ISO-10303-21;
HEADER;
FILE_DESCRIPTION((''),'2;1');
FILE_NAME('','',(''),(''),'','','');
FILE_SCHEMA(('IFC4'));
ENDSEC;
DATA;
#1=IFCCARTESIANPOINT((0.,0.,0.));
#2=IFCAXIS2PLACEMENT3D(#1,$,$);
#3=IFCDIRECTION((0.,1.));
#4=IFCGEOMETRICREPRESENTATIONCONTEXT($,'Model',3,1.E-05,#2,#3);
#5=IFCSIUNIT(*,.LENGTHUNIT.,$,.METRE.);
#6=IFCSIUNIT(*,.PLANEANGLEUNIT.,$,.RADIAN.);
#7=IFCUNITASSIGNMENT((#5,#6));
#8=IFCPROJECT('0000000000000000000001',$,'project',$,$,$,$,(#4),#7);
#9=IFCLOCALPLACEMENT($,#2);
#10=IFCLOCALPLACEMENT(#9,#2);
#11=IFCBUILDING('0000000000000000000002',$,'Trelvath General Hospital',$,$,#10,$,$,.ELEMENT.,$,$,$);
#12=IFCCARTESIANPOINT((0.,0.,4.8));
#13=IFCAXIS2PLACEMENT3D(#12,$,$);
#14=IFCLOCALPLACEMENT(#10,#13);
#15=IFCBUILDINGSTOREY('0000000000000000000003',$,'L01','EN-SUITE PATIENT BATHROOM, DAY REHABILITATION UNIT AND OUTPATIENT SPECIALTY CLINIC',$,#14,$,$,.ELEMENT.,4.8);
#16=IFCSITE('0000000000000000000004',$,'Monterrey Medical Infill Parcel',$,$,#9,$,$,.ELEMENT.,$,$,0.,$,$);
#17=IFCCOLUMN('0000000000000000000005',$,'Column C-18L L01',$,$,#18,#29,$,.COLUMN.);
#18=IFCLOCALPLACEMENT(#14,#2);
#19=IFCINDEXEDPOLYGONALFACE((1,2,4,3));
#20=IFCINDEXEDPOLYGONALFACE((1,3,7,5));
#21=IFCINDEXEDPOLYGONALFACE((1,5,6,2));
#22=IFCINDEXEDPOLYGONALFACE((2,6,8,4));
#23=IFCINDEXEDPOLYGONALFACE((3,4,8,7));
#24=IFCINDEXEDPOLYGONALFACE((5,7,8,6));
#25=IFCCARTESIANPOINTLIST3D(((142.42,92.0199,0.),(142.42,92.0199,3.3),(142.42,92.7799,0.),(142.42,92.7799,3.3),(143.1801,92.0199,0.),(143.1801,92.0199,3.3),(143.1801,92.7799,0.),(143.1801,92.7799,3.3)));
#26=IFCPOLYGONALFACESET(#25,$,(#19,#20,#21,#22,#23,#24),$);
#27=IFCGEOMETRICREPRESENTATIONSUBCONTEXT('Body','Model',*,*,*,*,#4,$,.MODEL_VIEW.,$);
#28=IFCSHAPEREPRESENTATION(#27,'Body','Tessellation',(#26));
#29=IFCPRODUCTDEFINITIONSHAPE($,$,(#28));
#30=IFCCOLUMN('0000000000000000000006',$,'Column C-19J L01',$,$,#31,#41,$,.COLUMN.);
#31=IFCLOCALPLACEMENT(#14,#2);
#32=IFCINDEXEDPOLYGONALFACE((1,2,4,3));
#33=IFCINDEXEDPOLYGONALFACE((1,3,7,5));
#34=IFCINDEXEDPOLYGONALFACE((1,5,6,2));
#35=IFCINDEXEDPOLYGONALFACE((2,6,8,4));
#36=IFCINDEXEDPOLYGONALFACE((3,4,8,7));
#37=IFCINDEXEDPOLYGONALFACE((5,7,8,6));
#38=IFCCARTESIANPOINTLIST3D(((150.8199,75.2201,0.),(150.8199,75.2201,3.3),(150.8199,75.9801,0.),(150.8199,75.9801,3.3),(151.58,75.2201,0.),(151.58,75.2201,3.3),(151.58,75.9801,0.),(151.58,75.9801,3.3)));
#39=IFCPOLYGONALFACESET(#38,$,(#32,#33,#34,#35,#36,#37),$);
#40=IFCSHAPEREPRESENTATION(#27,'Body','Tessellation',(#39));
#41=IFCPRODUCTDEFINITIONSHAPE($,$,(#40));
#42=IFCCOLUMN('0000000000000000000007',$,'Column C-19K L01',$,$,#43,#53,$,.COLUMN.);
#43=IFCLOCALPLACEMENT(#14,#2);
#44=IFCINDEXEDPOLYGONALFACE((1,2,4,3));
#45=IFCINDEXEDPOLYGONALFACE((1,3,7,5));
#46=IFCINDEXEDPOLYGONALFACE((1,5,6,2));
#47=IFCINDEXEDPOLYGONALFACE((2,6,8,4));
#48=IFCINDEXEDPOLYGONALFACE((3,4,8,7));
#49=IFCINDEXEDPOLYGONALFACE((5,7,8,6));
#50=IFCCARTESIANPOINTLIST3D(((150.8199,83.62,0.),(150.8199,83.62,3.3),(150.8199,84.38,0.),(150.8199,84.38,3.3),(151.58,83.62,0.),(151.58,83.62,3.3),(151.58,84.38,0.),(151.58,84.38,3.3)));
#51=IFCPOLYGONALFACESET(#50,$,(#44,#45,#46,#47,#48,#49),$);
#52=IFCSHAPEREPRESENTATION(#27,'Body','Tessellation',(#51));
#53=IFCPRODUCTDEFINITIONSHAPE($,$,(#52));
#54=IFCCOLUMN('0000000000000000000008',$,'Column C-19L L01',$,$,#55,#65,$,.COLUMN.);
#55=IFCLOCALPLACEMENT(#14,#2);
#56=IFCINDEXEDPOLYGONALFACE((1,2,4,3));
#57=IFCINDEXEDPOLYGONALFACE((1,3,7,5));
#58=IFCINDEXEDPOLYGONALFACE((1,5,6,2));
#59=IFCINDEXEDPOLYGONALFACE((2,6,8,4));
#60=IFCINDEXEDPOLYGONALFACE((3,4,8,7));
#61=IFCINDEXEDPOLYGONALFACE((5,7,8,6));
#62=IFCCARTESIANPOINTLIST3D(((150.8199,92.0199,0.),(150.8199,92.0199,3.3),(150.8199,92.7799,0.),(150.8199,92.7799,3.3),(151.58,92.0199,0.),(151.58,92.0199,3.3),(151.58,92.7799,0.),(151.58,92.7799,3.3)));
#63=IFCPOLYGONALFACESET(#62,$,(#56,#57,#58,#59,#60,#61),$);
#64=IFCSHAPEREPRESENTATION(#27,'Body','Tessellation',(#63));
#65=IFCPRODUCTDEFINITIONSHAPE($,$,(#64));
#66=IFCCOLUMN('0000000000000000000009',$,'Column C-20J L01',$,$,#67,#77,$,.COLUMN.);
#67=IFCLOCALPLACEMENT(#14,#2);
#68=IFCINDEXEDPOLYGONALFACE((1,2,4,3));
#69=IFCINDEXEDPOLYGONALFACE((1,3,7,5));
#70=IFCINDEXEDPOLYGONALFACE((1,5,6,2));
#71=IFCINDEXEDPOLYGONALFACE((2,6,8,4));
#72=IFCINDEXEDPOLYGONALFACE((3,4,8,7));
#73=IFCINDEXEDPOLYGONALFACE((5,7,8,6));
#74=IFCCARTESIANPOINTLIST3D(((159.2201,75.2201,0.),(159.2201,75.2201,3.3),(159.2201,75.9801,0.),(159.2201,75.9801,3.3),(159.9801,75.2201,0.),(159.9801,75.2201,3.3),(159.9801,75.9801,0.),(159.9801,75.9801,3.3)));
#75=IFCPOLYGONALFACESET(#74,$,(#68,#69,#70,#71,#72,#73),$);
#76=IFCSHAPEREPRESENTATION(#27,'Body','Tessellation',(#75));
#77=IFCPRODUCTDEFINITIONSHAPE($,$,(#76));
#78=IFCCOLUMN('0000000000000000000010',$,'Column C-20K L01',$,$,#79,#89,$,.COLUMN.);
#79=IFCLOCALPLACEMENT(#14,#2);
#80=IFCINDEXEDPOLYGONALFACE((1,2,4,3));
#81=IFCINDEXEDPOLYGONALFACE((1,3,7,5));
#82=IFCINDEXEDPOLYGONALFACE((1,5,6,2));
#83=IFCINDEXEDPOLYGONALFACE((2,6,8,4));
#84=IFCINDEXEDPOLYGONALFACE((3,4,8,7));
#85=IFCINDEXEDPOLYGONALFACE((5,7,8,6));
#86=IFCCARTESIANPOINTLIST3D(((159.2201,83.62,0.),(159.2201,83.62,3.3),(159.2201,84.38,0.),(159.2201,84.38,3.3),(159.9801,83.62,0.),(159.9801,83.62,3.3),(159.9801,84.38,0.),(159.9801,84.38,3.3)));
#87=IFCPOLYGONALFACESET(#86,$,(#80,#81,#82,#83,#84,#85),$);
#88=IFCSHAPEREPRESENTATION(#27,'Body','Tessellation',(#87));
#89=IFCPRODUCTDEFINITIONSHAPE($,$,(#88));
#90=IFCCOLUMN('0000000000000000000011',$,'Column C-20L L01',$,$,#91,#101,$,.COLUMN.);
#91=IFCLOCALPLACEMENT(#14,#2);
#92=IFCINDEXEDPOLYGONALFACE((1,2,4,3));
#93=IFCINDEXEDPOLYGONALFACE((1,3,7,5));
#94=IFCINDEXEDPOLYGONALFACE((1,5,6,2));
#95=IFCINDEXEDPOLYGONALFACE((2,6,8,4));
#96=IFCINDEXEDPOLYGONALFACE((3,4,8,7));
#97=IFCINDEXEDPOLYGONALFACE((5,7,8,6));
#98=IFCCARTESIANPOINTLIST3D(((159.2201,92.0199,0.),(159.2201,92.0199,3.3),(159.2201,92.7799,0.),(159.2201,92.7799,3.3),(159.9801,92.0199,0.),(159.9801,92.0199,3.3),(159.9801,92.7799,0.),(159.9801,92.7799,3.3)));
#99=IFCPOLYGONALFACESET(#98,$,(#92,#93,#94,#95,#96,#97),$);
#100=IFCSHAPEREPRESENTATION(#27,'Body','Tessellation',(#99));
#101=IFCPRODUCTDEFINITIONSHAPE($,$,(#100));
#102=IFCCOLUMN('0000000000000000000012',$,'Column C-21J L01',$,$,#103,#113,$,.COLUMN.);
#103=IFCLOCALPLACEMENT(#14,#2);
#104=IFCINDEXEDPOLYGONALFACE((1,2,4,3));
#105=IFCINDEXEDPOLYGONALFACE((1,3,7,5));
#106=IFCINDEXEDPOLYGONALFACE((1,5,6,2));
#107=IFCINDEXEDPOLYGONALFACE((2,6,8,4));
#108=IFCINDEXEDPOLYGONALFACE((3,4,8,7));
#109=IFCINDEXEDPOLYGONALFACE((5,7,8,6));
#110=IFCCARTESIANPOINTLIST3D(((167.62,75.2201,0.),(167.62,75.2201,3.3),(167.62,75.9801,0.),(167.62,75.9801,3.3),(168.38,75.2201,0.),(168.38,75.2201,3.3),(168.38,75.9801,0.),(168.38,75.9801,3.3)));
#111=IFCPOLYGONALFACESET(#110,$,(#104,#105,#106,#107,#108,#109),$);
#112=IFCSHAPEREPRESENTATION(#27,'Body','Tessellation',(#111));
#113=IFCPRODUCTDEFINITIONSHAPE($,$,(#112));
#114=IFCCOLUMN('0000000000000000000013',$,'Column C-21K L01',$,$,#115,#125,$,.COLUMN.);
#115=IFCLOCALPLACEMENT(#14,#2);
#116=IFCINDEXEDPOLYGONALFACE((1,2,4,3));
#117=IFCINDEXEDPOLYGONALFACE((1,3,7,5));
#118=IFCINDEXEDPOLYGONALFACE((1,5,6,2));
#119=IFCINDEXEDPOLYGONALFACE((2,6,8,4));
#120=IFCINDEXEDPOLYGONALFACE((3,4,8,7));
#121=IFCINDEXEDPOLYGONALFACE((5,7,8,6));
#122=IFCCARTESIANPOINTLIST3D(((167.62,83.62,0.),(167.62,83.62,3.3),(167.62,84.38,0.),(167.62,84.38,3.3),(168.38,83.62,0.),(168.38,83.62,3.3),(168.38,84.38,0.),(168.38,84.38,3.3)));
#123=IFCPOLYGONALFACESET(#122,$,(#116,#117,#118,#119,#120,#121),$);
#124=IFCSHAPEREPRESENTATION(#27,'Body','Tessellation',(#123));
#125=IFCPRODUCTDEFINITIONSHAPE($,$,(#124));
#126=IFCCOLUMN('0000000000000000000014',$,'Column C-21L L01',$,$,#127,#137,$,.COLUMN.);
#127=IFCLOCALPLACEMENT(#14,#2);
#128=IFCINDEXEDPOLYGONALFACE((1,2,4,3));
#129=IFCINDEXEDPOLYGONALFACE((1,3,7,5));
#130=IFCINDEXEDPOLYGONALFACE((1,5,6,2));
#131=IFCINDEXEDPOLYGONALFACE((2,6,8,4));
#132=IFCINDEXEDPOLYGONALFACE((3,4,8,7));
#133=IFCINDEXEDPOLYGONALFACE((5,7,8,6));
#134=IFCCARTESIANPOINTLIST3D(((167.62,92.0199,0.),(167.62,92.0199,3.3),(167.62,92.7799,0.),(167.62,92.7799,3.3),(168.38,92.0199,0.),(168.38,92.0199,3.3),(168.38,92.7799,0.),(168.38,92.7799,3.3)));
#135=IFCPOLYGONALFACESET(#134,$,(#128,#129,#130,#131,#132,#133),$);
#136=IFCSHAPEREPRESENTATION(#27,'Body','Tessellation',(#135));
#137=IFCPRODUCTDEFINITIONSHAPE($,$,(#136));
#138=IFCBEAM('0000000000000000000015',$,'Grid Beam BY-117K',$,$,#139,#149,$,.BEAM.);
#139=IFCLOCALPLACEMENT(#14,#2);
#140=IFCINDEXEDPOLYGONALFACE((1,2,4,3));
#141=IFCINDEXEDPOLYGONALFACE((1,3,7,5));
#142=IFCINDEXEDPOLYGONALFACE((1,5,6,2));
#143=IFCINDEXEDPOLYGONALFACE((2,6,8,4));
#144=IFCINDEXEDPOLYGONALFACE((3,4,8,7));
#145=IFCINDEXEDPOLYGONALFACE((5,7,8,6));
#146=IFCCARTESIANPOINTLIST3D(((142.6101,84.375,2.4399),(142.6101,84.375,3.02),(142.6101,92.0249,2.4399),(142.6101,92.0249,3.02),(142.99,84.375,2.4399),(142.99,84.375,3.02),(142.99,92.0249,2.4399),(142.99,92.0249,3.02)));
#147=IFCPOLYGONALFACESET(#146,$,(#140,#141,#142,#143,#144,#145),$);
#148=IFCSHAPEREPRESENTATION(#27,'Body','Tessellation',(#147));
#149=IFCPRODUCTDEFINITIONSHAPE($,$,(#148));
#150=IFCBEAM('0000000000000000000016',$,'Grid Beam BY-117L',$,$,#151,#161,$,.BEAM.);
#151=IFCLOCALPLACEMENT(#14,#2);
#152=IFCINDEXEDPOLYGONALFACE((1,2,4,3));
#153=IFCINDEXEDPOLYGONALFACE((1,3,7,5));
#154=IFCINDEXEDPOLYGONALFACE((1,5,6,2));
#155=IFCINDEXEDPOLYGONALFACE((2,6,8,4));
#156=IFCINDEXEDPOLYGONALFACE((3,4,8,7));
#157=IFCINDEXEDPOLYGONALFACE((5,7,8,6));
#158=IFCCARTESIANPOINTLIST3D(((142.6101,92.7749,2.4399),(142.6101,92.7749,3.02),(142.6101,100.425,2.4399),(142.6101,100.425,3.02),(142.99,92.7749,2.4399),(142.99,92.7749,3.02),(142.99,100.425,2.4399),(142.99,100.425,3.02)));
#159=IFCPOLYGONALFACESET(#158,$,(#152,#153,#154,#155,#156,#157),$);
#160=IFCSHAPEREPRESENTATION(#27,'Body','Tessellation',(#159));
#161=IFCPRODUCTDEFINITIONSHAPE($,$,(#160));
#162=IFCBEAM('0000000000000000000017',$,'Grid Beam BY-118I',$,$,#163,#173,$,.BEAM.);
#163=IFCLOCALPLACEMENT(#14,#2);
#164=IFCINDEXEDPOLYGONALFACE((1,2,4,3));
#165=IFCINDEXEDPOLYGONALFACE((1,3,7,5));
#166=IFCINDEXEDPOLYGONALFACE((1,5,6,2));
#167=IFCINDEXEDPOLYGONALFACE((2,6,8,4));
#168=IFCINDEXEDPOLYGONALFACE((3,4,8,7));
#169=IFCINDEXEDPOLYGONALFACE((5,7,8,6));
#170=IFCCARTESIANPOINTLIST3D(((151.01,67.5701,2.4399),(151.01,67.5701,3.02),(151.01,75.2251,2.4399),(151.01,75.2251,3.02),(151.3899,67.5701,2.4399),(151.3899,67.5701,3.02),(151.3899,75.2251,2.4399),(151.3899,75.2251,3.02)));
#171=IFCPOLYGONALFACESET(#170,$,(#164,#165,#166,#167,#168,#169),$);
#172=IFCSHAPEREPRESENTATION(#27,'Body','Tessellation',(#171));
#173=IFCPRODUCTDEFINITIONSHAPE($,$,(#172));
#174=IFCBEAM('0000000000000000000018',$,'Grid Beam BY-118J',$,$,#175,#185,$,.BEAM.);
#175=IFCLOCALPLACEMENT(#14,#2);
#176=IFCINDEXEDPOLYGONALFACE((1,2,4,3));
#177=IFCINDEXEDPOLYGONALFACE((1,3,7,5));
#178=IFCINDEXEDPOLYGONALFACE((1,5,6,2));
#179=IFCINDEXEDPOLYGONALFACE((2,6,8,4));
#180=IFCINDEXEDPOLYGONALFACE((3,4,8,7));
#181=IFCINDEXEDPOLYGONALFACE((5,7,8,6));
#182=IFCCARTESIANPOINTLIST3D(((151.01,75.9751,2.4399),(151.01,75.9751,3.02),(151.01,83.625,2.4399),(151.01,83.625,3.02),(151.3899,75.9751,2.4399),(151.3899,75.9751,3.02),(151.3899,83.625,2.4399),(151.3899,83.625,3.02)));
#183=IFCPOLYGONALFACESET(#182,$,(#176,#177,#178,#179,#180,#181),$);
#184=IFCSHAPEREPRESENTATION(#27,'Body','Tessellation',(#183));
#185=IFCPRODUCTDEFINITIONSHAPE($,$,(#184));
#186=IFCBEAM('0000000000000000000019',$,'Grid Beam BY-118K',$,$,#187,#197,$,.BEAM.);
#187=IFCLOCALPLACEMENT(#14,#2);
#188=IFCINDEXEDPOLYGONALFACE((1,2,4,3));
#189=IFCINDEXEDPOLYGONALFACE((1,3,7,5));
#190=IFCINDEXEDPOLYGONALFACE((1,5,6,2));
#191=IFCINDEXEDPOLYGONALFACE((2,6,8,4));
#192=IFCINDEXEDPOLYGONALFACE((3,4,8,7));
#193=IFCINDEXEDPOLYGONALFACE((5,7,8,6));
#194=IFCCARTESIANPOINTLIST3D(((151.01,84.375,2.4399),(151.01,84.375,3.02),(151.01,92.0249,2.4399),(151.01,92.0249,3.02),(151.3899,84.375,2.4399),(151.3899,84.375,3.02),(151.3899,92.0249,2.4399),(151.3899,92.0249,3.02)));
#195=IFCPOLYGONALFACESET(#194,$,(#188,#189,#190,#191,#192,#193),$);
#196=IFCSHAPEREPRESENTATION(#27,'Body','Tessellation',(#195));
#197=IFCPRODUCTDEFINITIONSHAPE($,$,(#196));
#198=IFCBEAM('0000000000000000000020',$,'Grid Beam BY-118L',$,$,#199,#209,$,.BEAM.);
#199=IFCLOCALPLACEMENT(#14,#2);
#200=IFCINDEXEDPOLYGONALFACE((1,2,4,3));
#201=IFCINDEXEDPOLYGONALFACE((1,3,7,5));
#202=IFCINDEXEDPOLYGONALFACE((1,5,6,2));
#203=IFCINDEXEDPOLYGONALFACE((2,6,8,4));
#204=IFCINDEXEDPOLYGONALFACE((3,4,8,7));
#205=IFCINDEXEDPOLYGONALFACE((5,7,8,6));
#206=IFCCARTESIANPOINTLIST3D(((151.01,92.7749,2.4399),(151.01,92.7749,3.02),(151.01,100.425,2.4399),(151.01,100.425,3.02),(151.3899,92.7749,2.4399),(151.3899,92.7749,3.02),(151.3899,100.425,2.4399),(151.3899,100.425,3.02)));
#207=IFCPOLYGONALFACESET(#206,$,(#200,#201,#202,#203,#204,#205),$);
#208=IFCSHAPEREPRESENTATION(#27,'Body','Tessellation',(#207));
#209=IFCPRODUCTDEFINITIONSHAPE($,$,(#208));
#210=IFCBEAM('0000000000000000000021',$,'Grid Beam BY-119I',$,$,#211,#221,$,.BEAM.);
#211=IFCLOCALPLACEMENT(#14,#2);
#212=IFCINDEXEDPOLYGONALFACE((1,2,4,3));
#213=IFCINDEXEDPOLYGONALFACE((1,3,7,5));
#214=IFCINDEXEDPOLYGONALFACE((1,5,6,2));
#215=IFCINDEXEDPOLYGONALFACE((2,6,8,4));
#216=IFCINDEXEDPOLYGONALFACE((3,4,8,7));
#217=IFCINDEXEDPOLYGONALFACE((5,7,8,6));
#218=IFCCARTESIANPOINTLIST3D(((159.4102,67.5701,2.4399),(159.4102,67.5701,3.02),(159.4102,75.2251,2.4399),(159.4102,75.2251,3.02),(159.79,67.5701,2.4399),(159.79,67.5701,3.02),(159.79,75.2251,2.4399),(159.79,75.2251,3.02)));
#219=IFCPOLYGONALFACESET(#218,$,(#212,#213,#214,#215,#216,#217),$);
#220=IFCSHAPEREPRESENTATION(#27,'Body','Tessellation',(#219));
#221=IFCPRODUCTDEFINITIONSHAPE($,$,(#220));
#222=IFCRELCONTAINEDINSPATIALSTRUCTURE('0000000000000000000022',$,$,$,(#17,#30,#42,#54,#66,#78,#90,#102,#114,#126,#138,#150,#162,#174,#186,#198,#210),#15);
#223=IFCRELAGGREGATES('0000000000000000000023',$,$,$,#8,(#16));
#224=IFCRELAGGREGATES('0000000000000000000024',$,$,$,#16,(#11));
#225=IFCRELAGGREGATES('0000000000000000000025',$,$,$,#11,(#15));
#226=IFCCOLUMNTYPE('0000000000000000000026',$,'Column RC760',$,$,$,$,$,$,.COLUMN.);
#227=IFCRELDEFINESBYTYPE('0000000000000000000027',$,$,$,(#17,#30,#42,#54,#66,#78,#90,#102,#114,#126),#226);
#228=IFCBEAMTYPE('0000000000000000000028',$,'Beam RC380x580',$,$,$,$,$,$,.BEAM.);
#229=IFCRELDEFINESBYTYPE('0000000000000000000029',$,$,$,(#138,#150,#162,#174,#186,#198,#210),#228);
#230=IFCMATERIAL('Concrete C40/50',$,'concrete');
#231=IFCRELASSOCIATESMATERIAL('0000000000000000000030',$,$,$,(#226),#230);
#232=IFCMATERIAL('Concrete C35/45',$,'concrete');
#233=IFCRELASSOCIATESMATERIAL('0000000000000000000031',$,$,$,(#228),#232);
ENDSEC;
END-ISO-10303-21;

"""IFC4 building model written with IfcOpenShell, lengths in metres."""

from ifc_helpers import new_model, si_unit, direction, frame, origin, origin_2d, place, context, subcontext, project, spatial, rectangle, extrude, material, material_profile, profile_set, type_object, element, save


model = new_model("IFC4")

# Units and contexts
model_context = context("Model", 3, precision=1e-05, world=origin(), true_north=direction((0.0, 1.0)))
body_context = subcontext(model_context, "Body", "Model", "MODEL_VIEW")
ifc_project = project(units=[si_unit("LENGTHUNIT", "METRE"), si_unit("PLANEANGLEUNIT", "RADIAN")], contexts=[model_context])

# Site, building, storey
site_placement = place(None, origin())
site = spatial("IfcSite", under=ifc_project, at=site_placement, Name="Monterrey Medical Infill Parcel", CompositionType="ELEMENT", RefElevation=0.0)
building_placement = place(site_placement, origin())
building = spatial("IfcBuilding", under=site, at=building_placement, Name="Trelvath General Hospital", CompositionType="ELEMENT")
storey_placement = place(building_placement, frame((0.0, 0.0, 4.8)))
storey = spatial("IfcBuildingStorey", under=building, at=storey_placement, Name="L01", Description="EN-SUITE PATIENT BATHROOM, DAY REHABILITATION UNIT AND OUTPATIENT SPECIALTY CLINIC", CompositionType="ELEMENT", Elevation=4.8)

# Columns
ifc_material_1 = material(Name="Concrete C40/50", Category="concrete")
ifc_material_profile_1 = material_profile(ifc_material_1, rectangle(XDim=0.76, YDim=0.76, at=origin_2d()), Name="RC760x760")
ifc_profile_set_1 = profile_set([ifc_material_profile_1], Name="Concrete C40/50")
column_type = type_object("IfcColumnType", Name="Column RC760", PredefinedType="COLUMN", material=ifc_profile_set_1)
for number, where, z_axis, x_axis, name in (
    (1, (142.8, 92.3999, 0.0), (0.0, 0.0, 1.0), (1.0, 0.0, 0.0), "Column C-18L L01"),
    (2, (151.2, 75.6001, 0.0), (0.0, 0.0, 1.0), (1.0, 0.0, 0.0), "Column C-19J L01"),
    (3, (151.2, 84.0, 0.0), (0.0, 0.0, 1.0), (1.0, 0.0, 0.0), "Column C-19K L01"),
    (4, (151.2, 92.3999, 0.0), (0.0, 0.0, 1.0), (1.0, 0.0, 0.0), "Column C-19L L01"),
    (5, (159.6001, 75.6001, 0.0), (0.0, 0.0, 1.0), (1.0, 0.0, 0.0), "Column C-20J L01"),
    (6, (159.6001, 84.0, 0.0), (0.0, 0.0, 1.0), (1.0, 0.0, 0.0), "Column C-20K L01"),
    (7, (159.6001, 92.3999, 0.0), (0.0, 0.0, 1.0), (1.0, 0.0, 0.0), "Column C-20L L01"),
    (8, (168.0, 75.6001, 0.0), (0.0, 0.0, 1.0), (1.0, 0.0, 0.0), "Column C-21J L01"),
    (9, (168.0, 84.0, 0.0), (0.0, 0.0, 1.0), (1.0, 0.0, 0.0), "Column C-21K L01"),
    (10, (168.0, 92.3999, 0.0), (0.0, 0.0, 1.0), (1.0, 0.0, 0.0), "Column C-21L L01"),
):
    element("IfcColumn", number, at=place(storey_placement, frame(where, z_axis=z_axis, x_axis=x_axis)), inside=storey, type_object=column_type, Name=name, PredefinedType="COLUMN", context=body_context, shape_type="SweptSolid", body=[
        extrude(rectangle(XDim=0.76, YDim=0.76, at=origin_2d()), origin(), (0.0, 0.0, 1.0), 3.3),
    ])

# Beams
ifc_material_2 = material(Name="Concrete C35/45", Category="concrete")
ifc_material_profile_2 = material_profile(ifc_material_2, rectangle(XDim=0.3799, YDim=0.5801, at=origin_2d()), Name="RCB380x580")
ifc_profile_set_2 = profile_set([ifc_material_profile_2], Name="Concrete C35/45")
beam_type_1 = type_object("IfcBeamType", Name="Beam RC380x580", PredefinedType="BEAM", material=ifc_profile_set_2)
beam_1_placement = place(storey_placement, frame((142.8, 84.375, 2.73), z_axis=(0.0, 1.0, 0.0), x_axis=(-1.0, 0.0, 0.0)))
element("IfcBeam", 11, at=beam_1_placement, inside=storey, type_object=beam_type_1, Name="Grid Beam BY-117K", PredefinedType="BEAM", context=body_context, shape_type="SweptSolid", body=[
    extrude(rectangle(XDim=0.3799, YDim=0.5801, at=origin_2d()), origin(), (0.0, 0.0, 1.0), 7.6499),
])
beam_2_placement = place(storey_placement, frame((142.8, 92.7749, 2.73), z_axis=(0.0, 1.0, 0.0), x_axis=(-1.0, 0.0, 0.0)))
element("IfcBeam", 12, at=beam_2_placement, inside=storey, type_object=beam_type_1, Name="Grid Beam BY-117L", PredefinedType="BEAM", context=body_context, shape_type="SweptSolid", body=[
    extrude(rectangle(XDim=0.3799, YDim=0.5801, at=origin_2d()), origin(), (0.0, 0.0, 1.0), 7.6501),
])
beam_3_placement = place(storey_placement, frame((151.2, 67.5701, 2.73), z_axis=(0.0, 1.0, 0.0), x_axis=(-1.0, 0.0, 0.0)))
element("IfcBeam", 13, at=beam_3_placement, inside=storey, type_object=beam_type_1, Name="Grid Beam BY-118I", PredefinedType="BEAM", context=body_context, shape_type="SweptSolid", body=[
    extrude(rectangle(XDim=0.3799, YDim=0.5801, at=origin_2d()), origin(), (0.0, 0.0, 1.0), 7.655),
])
for number, where, z_axis, x_axis, name in (
    (14, (151.2, 75.9751, 2.73), (0.0, 1.0, 0.0), (-1.0, 0.0, 0.0), "Grid Beam BY-118J"),
    (15, (151.2, 84.375, 2.73), (0.0, 1.0, 0.0), (-1.0, 0.0, 0.0), "Grid Beam BY-118K"),
):
    element("IfcBeam", number, at=place(storey_placement, frame(where, z_axis=z_axis, x_axis=x_axis)), inside=storey, type_object=beam_type_1, Name=name, PredefinedType="BEAM", context=body_context, shape_type="SweptSolid", body=[
        extrude(rectangle(XDim=0.3799, YDim=0.5801, at=origin_2d()), origin(), (0.0, 0.0, 1.0), 7.6499),
    ])
beam_4_placement = place(storey_placement, frame((151.2, 92.7749, 2.73), z_axis=(0.0, 1.0, 0.0), x_axis=(-1.0, 0.0, 0.0)))
element("IfcBeam", 16, at=beam_4_placement, inside=storey, type_object=beam_type_1, Name="Grid Beam BY-118L", PredefinedType="BEAM", context=body_context, shape_type="SweptSolid", body=[
    extrude(rectangle(XDim=0.3799, YDim=0.5801, at=origin_2d()), origin(), (0.0, 0.0, 1.0), 7.6501),
])
beam_5_placement = place(storey_placement, frame((159.6001, 67.5701, 2.73), z_axis=(0.0, 1.0, 0.0), x_axis=(-1.0, 0.0, 0.0)))
element("IfcBeam", 17, at=beam_5_placement, inside=storey, type_object=beam_type_1, Name="Grid Beam BY-119I", PredefinedType="BEAM", context=body_context, shape_type="SweptSolid", body=[
    extrude(rectangle(XDim=0.3799, YDim=0.5801, at=origin_2d()), origin(), (0.0, 0.0, 1.0), 7.655),
])

save(model, "model.ifc")
